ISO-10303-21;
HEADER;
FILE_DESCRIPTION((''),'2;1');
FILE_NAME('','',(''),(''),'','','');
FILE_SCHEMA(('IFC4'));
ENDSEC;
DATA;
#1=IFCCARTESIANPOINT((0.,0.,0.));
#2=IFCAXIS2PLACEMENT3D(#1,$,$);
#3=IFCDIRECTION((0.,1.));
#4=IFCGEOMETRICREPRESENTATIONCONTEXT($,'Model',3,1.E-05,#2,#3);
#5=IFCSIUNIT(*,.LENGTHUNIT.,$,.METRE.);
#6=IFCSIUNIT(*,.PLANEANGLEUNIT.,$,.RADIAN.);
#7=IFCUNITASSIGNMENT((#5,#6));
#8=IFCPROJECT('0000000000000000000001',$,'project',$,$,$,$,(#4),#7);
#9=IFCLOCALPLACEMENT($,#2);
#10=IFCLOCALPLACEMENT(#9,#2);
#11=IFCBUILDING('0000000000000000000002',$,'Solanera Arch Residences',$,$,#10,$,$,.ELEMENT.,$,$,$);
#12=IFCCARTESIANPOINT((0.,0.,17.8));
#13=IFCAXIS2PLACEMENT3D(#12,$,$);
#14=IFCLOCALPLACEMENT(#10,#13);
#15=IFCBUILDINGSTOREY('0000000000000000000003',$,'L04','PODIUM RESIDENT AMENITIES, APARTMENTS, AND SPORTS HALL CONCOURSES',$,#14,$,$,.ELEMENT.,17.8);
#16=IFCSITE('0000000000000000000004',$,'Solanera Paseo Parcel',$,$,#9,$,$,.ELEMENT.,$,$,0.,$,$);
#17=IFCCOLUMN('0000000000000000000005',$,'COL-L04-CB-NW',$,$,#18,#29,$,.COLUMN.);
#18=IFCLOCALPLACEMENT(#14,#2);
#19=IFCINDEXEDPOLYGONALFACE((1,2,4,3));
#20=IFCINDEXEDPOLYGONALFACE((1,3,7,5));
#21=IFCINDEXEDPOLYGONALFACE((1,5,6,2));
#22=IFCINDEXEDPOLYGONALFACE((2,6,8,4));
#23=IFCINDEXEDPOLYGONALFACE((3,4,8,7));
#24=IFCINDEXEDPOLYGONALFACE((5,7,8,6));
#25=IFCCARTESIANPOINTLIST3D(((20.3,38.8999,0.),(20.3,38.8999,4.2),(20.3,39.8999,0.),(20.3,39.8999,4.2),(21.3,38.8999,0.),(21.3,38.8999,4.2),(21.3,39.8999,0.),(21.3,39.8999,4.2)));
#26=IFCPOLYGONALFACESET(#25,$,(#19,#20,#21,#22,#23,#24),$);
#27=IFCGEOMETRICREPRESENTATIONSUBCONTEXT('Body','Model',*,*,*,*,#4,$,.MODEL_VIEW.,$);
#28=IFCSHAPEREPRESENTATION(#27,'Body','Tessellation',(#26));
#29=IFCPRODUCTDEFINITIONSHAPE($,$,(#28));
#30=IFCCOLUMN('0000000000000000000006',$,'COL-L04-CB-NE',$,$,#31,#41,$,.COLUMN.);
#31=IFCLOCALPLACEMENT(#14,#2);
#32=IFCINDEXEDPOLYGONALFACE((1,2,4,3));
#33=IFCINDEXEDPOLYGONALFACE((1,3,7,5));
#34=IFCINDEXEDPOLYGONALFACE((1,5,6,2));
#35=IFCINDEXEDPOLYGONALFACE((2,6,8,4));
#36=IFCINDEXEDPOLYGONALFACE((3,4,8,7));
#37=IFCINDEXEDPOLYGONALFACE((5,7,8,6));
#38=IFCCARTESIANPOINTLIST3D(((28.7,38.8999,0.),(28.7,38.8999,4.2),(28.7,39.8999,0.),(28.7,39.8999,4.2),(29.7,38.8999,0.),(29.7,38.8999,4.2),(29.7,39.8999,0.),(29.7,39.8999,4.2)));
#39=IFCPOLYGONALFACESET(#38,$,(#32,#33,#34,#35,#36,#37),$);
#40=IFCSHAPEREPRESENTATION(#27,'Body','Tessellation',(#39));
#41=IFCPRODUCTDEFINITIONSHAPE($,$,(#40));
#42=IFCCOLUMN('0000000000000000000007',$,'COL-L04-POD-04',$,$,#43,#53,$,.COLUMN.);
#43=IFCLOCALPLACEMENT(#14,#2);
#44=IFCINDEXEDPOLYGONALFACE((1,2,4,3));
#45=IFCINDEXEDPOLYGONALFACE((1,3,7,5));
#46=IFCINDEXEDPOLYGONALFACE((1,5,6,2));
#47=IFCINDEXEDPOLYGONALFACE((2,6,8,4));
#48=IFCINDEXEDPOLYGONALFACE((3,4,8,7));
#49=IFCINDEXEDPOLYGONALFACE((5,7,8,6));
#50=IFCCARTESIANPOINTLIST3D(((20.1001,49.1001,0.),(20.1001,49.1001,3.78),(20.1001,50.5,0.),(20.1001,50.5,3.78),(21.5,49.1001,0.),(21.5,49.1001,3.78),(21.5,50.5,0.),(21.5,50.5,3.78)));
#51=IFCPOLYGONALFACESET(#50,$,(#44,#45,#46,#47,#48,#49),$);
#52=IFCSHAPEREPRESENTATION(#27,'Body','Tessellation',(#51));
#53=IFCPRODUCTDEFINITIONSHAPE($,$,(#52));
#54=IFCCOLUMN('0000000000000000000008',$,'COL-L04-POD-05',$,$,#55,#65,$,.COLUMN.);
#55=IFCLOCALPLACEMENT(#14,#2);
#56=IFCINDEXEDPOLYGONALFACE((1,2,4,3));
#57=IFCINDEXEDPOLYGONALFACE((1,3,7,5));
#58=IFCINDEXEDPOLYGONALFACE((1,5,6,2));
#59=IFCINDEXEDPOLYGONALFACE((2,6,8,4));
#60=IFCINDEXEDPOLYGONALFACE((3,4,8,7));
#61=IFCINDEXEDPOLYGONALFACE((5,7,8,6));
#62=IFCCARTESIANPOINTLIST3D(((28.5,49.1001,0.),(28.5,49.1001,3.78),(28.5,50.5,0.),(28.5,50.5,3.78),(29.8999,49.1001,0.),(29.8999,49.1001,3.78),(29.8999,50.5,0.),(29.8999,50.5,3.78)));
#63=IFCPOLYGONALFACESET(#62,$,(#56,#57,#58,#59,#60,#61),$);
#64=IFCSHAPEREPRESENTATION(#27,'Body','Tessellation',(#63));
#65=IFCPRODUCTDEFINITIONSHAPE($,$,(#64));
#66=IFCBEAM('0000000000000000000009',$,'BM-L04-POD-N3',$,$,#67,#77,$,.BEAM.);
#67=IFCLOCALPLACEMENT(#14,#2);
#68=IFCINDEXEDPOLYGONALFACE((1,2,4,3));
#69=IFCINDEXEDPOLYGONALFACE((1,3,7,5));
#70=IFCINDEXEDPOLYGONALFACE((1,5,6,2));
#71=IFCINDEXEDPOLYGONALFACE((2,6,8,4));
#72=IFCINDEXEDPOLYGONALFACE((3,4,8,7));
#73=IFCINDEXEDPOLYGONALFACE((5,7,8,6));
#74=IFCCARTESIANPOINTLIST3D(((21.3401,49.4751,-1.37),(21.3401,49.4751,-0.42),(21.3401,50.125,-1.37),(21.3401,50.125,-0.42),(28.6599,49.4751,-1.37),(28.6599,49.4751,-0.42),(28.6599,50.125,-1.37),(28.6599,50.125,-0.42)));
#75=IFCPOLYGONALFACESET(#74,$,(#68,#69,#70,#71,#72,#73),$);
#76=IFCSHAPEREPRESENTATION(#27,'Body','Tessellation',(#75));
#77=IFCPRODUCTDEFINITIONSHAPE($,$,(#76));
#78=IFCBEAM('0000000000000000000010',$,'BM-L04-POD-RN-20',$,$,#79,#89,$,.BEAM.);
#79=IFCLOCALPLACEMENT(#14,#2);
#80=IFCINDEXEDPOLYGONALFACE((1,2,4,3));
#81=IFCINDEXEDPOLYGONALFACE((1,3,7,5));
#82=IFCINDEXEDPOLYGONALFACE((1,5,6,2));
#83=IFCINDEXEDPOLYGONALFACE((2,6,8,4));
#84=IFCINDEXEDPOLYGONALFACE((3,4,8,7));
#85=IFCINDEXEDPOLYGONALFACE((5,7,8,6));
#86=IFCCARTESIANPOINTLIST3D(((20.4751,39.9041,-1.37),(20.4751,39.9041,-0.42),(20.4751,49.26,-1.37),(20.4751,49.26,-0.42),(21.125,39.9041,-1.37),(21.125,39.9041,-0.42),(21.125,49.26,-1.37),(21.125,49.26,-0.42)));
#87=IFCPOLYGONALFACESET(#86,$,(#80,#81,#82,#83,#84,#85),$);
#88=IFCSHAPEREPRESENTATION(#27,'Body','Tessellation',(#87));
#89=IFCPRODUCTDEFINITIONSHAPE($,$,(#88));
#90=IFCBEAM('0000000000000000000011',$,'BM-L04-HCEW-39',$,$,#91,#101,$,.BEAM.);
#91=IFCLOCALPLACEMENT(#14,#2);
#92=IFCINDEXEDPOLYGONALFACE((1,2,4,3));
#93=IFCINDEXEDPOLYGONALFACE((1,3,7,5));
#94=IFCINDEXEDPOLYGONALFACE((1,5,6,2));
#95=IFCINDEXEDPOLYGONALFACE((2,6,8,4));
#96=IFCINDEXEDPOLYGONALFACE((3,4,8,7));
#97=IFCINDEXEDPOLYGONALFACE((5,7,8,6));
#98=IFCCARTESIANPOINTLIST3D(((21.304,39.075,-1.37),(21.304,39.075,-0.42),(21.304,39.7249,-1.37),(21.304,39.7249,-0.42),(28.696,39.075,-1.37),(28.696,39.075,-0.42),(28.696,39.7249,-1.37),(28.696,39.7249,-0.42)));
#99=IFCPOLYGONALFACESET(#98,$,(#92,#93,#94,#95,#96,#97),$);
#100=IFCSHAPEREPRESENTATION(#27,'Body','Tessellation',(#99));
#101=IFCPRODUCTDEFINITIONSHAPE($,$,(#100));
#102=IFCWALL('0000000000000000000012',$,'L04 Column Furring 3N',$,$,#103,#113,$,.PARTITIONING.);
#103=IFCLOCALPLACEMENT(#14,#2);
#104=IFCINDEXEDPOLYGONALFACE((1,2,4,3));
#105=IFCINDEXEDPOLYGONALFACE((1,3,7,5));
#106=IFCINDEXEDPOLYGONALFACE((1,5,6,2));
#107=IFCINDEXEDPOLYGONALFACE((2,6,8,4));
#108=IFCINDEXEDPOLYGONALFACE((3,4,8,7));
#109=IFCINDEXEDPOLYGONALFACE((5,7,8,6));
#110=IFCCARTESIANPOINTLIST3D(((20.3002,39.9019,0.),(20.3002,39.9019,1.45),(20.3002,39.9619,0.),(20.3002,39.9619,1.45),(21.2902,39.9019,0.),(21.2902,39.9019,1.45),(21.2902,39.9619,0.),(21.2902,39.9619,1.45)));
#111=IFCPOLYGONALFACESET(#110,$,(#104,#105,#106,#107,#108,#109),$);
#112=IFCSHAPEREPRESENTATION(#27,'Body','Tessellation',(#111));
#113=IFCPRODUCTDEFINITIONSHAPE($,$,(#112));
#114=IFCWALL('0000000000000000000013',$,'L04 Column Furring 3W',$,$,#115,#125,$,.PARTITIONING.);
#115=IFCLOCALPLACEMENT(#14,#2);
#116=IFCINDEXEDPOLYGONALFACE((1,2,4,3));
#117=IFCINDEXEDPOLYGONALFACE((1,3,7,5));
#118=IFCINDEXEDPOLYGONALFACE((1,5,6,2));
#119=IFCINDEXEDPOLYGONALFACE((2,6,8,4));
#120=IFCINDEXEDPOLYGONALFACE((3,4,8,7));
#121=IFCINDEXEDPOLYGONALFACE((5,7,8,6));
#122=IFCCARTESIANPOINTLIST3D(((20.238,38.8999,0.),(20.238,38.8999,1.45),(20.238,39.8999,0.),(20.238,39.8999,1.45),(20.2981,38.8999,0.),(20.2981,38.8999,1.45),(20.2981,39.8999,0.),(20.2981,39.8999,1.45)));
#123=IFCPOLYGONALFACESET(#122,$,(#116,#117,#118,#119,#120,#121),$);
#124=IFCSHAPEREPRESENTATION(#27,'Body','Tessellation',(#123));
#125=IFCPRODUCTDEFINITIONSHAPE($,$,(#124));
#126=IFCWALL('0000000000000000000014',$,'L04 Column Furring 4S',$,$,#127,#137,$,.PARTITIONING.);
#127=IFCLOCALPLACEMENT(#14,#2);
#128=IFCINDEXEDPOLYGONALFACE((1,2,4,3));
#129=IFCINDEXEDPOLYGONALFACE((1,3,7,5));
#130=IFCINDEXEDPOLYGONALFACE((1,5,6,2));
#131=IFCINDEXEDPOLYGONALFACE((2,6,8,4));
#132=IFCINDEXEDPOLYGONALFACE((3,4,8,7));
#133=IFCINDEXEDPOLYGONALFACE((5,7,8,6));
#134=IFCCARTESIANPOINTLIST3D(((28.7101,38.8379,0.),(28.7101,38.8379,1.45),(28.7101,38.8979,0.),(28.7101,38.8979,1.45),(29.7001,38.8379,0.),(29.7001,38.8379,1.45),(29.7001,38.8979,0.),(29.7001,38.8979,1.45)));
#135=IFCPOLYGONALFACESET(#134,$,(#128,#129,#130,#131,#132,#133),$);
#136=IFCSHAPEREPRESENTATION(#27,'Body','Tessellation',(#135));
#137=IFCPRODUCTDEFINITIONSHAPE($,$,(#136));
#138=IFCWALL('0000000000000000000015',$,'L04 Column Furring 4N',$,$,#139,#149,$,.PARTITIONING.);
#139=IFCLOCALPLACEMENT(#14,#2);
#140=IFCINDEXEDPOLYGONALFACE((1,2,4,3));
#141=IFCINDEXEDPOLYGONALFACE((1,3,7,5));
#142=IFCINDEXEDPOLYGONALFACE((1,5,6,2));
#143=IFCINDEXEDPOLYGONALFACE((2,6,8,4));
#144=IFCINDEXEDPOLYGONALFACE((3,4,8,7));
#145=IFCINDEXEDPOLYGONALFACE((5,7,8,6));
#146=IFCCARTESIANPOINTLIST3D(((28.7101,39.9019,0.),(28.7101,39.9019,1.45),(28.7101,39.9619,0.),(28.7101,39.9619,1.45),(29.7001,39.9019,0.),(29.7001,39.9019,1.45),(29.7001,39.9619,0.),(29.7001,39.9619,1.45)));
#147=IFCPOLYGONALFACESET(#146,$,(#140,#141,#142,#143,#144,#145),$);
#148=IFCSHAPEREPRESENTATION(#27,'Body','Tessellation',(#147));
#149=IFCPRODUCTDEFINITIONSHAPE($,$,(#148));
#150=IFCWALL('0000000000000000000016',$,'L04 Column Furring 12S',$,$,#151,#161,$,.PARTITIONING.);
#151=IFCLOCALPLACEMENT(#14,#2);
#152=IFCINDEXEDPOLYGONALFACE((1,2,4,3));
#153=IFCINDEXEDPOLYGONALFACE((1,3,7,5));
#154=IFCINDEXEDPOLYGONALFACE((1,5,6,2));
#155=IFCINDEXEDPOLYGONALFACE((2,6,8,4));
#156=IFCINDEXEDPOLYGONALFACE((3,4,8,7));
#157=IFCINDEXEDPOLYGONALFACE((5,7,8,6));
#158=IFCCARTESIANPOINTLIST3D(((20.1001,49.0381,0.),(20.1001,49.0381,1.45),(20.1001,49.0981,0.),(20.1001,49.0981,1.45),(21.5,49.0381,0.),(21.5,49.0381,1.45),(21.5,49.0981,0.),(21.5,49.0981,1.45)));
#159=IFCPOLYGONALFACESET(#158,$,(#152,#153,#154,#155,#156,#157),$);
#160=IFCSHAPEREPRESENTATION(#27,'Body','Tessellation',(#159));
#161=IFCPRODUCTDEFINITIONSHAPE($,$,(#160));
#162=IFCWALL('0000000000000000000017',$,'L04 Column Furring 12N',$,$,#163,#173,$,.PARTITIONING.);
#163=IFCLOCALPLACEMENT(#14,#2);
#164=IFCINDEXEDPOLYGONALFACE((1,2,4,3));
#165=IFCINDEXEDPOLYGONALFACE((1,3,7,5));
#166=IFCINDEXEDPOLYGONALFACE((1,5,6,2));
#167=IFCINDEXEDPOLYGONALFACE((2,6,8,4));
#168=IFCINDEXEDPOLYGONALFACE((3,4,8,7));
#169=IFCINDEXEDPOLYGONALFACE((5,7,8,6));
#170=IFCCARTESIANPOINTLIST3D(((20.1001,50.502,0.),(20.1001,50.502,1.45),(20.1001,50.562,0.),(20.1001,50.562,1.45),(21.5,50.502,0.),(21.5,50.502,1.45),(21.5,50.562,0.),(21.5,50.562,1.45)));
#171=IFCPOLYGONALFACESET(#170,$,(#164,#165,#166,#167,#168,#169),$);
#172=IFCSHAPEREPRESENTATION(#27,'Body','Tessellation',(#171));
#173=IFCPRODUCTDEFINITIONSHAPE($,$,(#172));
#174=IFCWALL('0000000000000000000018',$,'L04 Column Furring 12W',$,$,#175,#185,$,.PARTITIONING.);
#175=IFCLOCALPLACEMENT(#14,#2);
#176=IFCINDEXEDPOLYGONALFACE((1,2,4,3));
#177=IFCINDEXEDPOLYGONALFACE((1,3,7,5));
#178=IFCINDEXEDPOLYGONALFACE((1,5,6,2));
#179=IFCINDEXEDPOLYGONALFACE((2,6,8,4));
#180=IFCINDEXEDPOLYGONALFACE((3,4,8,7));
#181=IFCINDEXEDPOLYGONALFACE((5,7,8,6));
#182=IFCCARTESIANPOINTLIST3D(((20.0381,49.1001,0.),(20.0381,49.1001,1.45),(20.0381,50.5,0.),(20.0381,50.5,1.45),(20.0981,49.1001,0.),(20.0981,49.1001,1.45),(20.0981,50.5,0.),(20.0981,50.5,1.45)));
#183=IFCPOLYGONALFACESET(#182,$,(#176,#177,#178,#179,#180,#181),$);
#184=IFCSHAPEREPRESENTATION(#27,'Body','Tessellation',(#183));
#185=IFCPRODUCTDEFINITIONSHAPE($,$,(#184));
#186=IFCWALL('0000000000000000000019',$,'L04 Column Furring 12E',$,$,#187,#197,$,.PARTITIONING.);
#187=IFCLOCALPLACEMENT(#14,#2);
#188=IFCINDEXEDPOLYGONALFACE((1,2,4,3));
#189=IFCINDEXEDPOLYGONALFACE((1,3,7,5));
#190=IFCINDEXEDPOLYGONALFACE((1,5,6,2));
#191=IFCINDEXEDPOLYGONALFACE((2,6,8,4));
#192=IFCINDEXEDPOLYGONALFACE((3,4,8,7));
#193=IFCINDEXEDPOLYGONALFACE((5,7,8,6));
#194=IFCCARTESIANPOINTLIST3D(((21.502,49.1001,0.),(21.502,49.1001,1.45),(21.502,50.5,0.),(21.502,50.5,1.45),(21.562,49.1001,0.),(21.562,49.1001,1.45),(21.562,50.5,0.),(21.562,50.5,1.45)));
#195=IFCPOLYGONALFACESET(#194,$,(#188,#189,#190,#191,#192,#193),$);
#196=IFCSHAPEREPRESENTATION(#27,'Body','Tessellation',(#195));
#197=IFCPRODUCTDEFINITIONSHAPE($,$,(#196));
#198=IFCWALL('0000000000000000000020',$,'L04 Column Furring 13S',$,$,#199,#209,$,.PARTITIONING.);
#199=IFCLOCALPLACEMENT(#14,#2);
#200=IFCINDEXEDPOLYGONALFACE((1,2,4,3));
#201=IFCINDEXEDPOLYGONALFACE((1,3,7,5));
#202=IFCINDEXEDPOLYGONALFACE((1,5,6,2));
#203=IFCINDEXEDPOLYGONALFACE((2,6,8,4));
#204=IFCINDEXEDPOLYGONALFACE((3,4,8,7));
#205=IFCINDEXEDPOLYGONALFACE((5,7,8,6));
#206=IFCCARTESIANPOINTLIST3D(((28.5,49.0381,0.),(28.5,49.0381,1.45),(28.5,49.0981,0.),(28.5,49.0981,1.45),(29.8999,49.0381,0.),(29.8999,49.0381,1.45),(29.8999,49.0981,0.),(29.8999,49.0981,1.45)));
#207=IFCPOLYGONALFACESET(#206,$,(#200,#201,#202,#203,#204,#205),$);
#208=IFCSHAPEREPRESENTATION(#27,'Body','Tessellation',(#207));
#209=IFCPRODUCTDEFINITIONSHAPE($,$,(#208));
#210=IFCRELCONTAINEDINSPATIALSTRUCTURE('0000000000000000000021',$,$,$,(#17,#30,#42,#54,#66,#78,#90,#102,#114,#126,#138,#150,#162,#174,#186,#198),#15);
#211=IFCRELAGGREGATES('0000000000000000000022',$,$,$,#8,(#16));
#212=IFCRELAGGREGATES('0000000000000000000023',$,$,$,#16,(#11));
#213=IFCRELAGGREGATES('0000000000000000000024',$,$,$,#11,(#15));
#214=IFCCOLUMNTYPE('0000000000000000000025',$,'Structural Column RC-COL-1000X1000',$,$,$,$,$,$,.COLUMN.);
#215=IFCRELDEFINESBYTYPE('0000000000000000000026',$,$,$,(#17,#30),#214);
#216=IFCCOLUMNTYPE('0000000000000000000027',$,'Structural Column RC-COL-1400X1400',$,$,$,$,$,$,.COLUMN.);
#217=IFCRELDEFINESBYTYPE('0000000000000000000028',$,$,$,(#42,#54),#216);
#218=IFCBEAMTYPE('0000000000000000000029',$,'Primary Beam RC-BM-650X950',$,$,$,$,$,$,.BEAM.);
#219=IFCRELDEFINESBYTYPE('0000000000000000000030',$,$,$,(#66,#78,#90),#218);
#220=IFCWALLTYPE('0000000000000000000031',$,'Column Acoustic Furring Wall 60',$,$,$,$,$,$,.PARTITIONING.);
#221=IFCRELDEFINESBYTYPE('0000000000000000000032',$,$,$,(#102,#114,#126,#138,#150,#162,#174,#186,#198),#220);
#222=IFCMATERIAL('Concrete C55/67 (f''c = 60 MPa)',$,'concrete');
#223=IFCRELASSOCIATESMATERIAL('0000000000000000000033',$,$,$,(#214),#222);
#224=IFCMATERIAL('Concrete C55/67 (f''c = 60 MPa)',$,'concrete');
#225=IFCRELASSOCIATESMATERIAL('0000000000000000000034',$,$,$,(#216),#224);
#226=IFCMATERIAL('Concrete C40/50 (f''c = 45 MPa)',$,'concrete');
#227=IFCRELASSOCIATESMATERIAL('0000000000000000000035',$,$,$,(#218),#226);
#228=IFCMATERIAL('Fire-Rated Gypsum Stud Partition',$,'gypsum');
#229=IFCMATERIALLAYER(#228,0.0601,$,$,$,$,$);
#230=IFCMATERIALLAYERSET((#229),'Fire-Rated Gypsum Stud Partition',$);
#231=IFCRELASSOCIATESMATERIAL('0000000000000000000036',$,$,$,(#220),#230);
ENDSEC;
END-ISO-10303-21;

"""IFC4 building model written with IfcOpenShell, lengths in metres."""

from ifc_helpers import new_model, si_unit, direction, frame, frame_2d, origin, origin_2d, place, context, subcontext, project, spatial, rectangle, extrude, material, layer, layer_set, material_profile, profile_set, type_object, element, save


model = new_model("IFC4")

# Units and contexts
model_context = context("Model", 3, precision=1e-05, world=origin(), true_north=direction((0.0, 1.0)))
body_context = subcontext(model_context, "Body", "Model", "MODEL_VIEW")
ifc_project = project(units=[si_unit("LENGTHUNIT", "METRE"), si_unit("PLANEANGLEUNIT", "RADIAN")], contexts=[model_context])

# Site, building, storey
site_placement = place(None, origin())
site = spatial("IfcSite", under=ifc_project, at=site_placement, Name="Solanera Paseo Parcel", CompositionType="ELEMENT", RefElevation=0.0)
building_placement = place(site_placement, origin())
building = spatial("IfcBuilding", under=site, at=building_placement, Name="Solanera Arch Residences", CompositionType="ELEMENT")
storey_placement = place(building_placement, frame((0.0, 0.0, 17.8)))
storey = spatial("IfcBuildingStorey", under=building, at=storey_placement, Name="L04", Description="PODIUM RESIDENT AMENITIES, APARTMENTS, AND SPORTS HALL CONCOURSES", CompositionType="ELEMENT", Elevation=17.8)

# Columns
ifc_material_1 = material(Name="Concrete C55/67 (f'c = 60 MPa)", Category="concrete")
ifc_material_profile_1 = material_profile(ifc_material_1, rectangle(XDim=1.0, YDim=1.0, at=origin_2d()))
ifc_profile_set_1 = profile_set([ifc_material_profile_1], Name="Concrete C55/67 (f'c = 60 MPa)")
column_type_1 = type_object("IfcColumnType", Name="Structural Column RC-COL-1000X1000", PredefinedType="COLUMN", material=ifc_profile_set_1)
for number, where, z_axis, x_axis, name in (
    (1, (20.8, 39.3999, 0.0), (0.0, 0.0, 1.0), (1.0, 0.0, 0.0), "COL-L04-CB-NW"),
    (2, (29.2, 39.3999, 0.0), (0.0, 0.0, 1.0), (1.0, 0.0, 0.0), "COL-L04-CB-NE"),
):
    element("IfcColumn", number, at=place(storey_placement, frame(where, z_axis=z_axis, x_axis=x_axis)), inside=storey, type_object=column_type_1, Name=name, PredefinedType="COLUMN", context=body_context, shape_type="SweptSolid", body=[
        extrude(rectangle(XDim=1.0, YDim=1.0, at=origin_2d()), origin(), (0.0, 0.0, 1.0), 4.2),
    ])
ifc_material_2 = material(Name="Concrete C55/67 (f'c = 60 MPa)", Category="concrete")
ifc_material_profile_2 = material_profile(ifc_material_2, rectangle(XDim=1.3999, YDim=1.3999, at=origin_2d()))
ifc_profile_set_2 = profile_set([ifc_material_profile_2], Name="Concrete C55/67 (f'c = 60 MPa)")
column_type_2 = type_object("IfcColumnType", Name="Structural Column RC-COL-1400X1400", PredefinedType="COLUMN", material=ifc_profile_set_2)
for number, where, z_axis, x_axis, name in (
    (3, (20.8, 49.8, 0.0), (0.0, 0.0, 1.0), (1.0, 0.0, 0.0), "COL-L04-POD-04"),
    (4, (29.2, 49.8, 0.0), (0.0, 0.0, 1.0), (1.0, 0.0, 0.0), "COL-L04-POD-05"),
):
    element("IfcColumn", number, at=place(storey_placement, frame(where, z_axis=z_axis, x_axis=x_axis)), inside=storey, type_object=column_type_2, Name=name, PredefinedType="COLUMN", context=body_context, shape_type="SweptSolid", body=[
        extrude(rectangle(XDim=1.3999, YDim=1.3999, at=origin_2d()), origin(), (0.0, 0.0, 1.0), 3.78),
    ])

# Beams
ifc_material_3 = material(Name="Concrete C40/50 (f'c = 45 MPa)", Category="concrete")
ifc_material_profile_3 = material_profile(ifc_material_3, rectangle(XDim=0.6499, YDim=0.95, at=origin_2d()))
ifc_profile_set_3 = profile_set([ifc_material_profile_3], Name="Concrete C40/50 (f'c = 45 MPa)")
beam_type = type_object("IfcBeamType", Name="Primary Beam RC-BM-650X950", PredefinedType="BEAM", material=ifc_profile_set_3)
beam_1_placement = place(storey_placement, frame((21.3401, 49.8, -0.895), z_axis=(1.0, 0.0, 0.0), x_axis=(0.0, 1.0, 0.0)))
element("IfcBeam", 5, at=beam_1_placement, inside=storey, type_object=beam_type, Name="BM-L04-POD-N3", PredefinedType="BEAM", context=body_context, shape_type="SweptSolid", body=[
    extrude(rectangle(XDim=0.6499, YDim=0.95, at=origin_2d()), origin(), (0.0, 0.0, 1.0), 7.3198),
])
beam_2_placement = place(storey_placement, frame((20.8, 39.9041, -0.895), z_axis=(0.0, 1.0, 0.0), x_axis=(-1.0, 0.0, 0.0)))
element("IfcBeam", 6, at=beam_2_placement, inside=storey, type_object=beam_type, Name="BM-L04-POD-RN-20", PredefinedType="BEAM", context=body_context, shape_type="SweptSolid", body=[
    extrude(rectangle(XDim=0.6499, YDim=0.95, at=origin_2d()), origin(), (0.0, 0.0, 1.0), 9.356),
])
beam_3_placement = place(storey_placement, frame((21.304, 39.3999, -0.895), z_axis=(1.0, 0.0, 0.0), x_axis=(0.0, 1.0, 0.0)))
element("IfcBeam", 7, at=beam_3_placement, inside=storey, type_object=beam_type, Name="BM-L04-HCEW-39", PredefinedType="BEAM", context=body_context, shape_type="SweptSolid", body=[
    extrude(rectangle(XDim=0.6499, YDim=0.95, at=origin_2d()), origin(), (0.0, 0.0, 1.0), 7.3921),
])

# Walls
ifc_material_4 = material(Name="Fire-Rated Gypsum Stud Partition", Category="gypsum")
ifc_layer_1 = layer(ifc_material_4, 0.0601)
ifc_layer_set_1 = layer_set([ifc_layer_1], Name="Fire-Rated Gypsum Stud Partition")
wall_type_1 = type_object("IfcWallType", Name="Column Acoustic Furring Wall 60", PredefinedType="PARTITIONING", material=ifc_layer_set_1)
wall_1_placement = place(storey_placement, frame((20.3, 39.9319, 0.0), z_axis=(0.0, 0.0, 1.0), x_axis=(1.0, 0.0, 0.0)))
element("IfcWall", 8, at=wall_1_placement, inside=storey, type_object=wall_type_1, Name="L04 Column Furring 3N", PredefinedType="PARTITIONING", context=body_context, shape_type="SweptSolid", body=[
    extrude(rectangle(XDim=0.99, YDim=0.0601, at=frame_2d((0.4951, 0.0))), origin(), (0.0, 0.0, 1.0), 1.45),
])
wall_2_placement = place(storey_placement, frame((20.2681, 38.8999, 0.0), z_axis=(0.0, 0.0, 1.0), x_axis=(0.0, 1.0, 0.0)))
element("IfcWall", 9, at=wall_2_placement, inside=storey, type_object=wall_type_1, Name="L04 Column Furring 3W", PredefinedType="PARTITIONING", context=body_context, shape_type="SweptSolid", body=[
    extrude(rectangle(XDim=1.0, YDim=0.0601, at=frame_2d((0.5, 0.0))), origin(), (0.0, 0.0, 1.0), 1.45),
])
for number, where, z_axis, x_axis, name in (
    (10, (28.71, 38.8679, 0.0), (0.0, 0.0, 1.0), (1.0, 0.0, 0.0), "L04 Column Furring 4S"),
    (11, (28.71, 39.9319, 0.0), (0.0, 0.0, 1.0), (1.0, 0.0, 0.0), "L04 Column Furring 4N"),
):
    element("IfcWall", number, at=place(storey_placement, frame(where, z_axis=z_axis, x_axis=x_axis)), inside=storey, type_object=wall_type_1, Name=name, PredefinedType="PARTITIONING", context=body_context, shape_type="SweptSolid", body=[
        extrude(rectangle(XDim=0.99, YDim=0.0601, at=frame_2d((0.4951, 0.0))), origin(), (0.0, 0.0, 1.0), 1.45),
    ])
for number, where, z_axis, x_axis, name in (
    (12, (20.1001, 49.0681, 0.0), (0.0, 0.0, 1.0), (1.0, 0.0, 0.0), "L04 Column Furring 12S"),
    (13, (20.1001, 50.532, 0.0), (0.0, 0.0, 1.0), (1.0, 0.0, 0.0), "L04 Column Furring 12N"),
    (14, (20.0681, 49.1001, 0.0), (0.0, 0.0, 1.0), (0.0, 1.0, 0.0), "L04 Column Furring 12W"),
    (15, (21.532, 49.1001, 0.0), (0.0, 0.0, 1.0), (0.0, 1.0, 0.0), "L04 Column Furring 12E"),
    (16, (28.5, 49.0681, 0.0), (0.0, 0.0, 1.0), (1.0, 0.0, 0.0), "L04 Column Furring 13S"),
):
    element("IfcWall", number, at=place(storey_placement, frame(where, z_axis=z_axis, x_axis=x_axis)), inside=storey, type_object=wall_type_1, Name=name, PredefinedType="PARTITIONING", context=body_context, shape_type="SweptSolid", body=[
        extrude(rectangle(XDim=1.3999, YDim=0.0601, at=frame_2d((0.7, 0.0))), origin(), (0.0, 0.0, 1.0), 1.45),
    ])

save(model, "model.ifc")
